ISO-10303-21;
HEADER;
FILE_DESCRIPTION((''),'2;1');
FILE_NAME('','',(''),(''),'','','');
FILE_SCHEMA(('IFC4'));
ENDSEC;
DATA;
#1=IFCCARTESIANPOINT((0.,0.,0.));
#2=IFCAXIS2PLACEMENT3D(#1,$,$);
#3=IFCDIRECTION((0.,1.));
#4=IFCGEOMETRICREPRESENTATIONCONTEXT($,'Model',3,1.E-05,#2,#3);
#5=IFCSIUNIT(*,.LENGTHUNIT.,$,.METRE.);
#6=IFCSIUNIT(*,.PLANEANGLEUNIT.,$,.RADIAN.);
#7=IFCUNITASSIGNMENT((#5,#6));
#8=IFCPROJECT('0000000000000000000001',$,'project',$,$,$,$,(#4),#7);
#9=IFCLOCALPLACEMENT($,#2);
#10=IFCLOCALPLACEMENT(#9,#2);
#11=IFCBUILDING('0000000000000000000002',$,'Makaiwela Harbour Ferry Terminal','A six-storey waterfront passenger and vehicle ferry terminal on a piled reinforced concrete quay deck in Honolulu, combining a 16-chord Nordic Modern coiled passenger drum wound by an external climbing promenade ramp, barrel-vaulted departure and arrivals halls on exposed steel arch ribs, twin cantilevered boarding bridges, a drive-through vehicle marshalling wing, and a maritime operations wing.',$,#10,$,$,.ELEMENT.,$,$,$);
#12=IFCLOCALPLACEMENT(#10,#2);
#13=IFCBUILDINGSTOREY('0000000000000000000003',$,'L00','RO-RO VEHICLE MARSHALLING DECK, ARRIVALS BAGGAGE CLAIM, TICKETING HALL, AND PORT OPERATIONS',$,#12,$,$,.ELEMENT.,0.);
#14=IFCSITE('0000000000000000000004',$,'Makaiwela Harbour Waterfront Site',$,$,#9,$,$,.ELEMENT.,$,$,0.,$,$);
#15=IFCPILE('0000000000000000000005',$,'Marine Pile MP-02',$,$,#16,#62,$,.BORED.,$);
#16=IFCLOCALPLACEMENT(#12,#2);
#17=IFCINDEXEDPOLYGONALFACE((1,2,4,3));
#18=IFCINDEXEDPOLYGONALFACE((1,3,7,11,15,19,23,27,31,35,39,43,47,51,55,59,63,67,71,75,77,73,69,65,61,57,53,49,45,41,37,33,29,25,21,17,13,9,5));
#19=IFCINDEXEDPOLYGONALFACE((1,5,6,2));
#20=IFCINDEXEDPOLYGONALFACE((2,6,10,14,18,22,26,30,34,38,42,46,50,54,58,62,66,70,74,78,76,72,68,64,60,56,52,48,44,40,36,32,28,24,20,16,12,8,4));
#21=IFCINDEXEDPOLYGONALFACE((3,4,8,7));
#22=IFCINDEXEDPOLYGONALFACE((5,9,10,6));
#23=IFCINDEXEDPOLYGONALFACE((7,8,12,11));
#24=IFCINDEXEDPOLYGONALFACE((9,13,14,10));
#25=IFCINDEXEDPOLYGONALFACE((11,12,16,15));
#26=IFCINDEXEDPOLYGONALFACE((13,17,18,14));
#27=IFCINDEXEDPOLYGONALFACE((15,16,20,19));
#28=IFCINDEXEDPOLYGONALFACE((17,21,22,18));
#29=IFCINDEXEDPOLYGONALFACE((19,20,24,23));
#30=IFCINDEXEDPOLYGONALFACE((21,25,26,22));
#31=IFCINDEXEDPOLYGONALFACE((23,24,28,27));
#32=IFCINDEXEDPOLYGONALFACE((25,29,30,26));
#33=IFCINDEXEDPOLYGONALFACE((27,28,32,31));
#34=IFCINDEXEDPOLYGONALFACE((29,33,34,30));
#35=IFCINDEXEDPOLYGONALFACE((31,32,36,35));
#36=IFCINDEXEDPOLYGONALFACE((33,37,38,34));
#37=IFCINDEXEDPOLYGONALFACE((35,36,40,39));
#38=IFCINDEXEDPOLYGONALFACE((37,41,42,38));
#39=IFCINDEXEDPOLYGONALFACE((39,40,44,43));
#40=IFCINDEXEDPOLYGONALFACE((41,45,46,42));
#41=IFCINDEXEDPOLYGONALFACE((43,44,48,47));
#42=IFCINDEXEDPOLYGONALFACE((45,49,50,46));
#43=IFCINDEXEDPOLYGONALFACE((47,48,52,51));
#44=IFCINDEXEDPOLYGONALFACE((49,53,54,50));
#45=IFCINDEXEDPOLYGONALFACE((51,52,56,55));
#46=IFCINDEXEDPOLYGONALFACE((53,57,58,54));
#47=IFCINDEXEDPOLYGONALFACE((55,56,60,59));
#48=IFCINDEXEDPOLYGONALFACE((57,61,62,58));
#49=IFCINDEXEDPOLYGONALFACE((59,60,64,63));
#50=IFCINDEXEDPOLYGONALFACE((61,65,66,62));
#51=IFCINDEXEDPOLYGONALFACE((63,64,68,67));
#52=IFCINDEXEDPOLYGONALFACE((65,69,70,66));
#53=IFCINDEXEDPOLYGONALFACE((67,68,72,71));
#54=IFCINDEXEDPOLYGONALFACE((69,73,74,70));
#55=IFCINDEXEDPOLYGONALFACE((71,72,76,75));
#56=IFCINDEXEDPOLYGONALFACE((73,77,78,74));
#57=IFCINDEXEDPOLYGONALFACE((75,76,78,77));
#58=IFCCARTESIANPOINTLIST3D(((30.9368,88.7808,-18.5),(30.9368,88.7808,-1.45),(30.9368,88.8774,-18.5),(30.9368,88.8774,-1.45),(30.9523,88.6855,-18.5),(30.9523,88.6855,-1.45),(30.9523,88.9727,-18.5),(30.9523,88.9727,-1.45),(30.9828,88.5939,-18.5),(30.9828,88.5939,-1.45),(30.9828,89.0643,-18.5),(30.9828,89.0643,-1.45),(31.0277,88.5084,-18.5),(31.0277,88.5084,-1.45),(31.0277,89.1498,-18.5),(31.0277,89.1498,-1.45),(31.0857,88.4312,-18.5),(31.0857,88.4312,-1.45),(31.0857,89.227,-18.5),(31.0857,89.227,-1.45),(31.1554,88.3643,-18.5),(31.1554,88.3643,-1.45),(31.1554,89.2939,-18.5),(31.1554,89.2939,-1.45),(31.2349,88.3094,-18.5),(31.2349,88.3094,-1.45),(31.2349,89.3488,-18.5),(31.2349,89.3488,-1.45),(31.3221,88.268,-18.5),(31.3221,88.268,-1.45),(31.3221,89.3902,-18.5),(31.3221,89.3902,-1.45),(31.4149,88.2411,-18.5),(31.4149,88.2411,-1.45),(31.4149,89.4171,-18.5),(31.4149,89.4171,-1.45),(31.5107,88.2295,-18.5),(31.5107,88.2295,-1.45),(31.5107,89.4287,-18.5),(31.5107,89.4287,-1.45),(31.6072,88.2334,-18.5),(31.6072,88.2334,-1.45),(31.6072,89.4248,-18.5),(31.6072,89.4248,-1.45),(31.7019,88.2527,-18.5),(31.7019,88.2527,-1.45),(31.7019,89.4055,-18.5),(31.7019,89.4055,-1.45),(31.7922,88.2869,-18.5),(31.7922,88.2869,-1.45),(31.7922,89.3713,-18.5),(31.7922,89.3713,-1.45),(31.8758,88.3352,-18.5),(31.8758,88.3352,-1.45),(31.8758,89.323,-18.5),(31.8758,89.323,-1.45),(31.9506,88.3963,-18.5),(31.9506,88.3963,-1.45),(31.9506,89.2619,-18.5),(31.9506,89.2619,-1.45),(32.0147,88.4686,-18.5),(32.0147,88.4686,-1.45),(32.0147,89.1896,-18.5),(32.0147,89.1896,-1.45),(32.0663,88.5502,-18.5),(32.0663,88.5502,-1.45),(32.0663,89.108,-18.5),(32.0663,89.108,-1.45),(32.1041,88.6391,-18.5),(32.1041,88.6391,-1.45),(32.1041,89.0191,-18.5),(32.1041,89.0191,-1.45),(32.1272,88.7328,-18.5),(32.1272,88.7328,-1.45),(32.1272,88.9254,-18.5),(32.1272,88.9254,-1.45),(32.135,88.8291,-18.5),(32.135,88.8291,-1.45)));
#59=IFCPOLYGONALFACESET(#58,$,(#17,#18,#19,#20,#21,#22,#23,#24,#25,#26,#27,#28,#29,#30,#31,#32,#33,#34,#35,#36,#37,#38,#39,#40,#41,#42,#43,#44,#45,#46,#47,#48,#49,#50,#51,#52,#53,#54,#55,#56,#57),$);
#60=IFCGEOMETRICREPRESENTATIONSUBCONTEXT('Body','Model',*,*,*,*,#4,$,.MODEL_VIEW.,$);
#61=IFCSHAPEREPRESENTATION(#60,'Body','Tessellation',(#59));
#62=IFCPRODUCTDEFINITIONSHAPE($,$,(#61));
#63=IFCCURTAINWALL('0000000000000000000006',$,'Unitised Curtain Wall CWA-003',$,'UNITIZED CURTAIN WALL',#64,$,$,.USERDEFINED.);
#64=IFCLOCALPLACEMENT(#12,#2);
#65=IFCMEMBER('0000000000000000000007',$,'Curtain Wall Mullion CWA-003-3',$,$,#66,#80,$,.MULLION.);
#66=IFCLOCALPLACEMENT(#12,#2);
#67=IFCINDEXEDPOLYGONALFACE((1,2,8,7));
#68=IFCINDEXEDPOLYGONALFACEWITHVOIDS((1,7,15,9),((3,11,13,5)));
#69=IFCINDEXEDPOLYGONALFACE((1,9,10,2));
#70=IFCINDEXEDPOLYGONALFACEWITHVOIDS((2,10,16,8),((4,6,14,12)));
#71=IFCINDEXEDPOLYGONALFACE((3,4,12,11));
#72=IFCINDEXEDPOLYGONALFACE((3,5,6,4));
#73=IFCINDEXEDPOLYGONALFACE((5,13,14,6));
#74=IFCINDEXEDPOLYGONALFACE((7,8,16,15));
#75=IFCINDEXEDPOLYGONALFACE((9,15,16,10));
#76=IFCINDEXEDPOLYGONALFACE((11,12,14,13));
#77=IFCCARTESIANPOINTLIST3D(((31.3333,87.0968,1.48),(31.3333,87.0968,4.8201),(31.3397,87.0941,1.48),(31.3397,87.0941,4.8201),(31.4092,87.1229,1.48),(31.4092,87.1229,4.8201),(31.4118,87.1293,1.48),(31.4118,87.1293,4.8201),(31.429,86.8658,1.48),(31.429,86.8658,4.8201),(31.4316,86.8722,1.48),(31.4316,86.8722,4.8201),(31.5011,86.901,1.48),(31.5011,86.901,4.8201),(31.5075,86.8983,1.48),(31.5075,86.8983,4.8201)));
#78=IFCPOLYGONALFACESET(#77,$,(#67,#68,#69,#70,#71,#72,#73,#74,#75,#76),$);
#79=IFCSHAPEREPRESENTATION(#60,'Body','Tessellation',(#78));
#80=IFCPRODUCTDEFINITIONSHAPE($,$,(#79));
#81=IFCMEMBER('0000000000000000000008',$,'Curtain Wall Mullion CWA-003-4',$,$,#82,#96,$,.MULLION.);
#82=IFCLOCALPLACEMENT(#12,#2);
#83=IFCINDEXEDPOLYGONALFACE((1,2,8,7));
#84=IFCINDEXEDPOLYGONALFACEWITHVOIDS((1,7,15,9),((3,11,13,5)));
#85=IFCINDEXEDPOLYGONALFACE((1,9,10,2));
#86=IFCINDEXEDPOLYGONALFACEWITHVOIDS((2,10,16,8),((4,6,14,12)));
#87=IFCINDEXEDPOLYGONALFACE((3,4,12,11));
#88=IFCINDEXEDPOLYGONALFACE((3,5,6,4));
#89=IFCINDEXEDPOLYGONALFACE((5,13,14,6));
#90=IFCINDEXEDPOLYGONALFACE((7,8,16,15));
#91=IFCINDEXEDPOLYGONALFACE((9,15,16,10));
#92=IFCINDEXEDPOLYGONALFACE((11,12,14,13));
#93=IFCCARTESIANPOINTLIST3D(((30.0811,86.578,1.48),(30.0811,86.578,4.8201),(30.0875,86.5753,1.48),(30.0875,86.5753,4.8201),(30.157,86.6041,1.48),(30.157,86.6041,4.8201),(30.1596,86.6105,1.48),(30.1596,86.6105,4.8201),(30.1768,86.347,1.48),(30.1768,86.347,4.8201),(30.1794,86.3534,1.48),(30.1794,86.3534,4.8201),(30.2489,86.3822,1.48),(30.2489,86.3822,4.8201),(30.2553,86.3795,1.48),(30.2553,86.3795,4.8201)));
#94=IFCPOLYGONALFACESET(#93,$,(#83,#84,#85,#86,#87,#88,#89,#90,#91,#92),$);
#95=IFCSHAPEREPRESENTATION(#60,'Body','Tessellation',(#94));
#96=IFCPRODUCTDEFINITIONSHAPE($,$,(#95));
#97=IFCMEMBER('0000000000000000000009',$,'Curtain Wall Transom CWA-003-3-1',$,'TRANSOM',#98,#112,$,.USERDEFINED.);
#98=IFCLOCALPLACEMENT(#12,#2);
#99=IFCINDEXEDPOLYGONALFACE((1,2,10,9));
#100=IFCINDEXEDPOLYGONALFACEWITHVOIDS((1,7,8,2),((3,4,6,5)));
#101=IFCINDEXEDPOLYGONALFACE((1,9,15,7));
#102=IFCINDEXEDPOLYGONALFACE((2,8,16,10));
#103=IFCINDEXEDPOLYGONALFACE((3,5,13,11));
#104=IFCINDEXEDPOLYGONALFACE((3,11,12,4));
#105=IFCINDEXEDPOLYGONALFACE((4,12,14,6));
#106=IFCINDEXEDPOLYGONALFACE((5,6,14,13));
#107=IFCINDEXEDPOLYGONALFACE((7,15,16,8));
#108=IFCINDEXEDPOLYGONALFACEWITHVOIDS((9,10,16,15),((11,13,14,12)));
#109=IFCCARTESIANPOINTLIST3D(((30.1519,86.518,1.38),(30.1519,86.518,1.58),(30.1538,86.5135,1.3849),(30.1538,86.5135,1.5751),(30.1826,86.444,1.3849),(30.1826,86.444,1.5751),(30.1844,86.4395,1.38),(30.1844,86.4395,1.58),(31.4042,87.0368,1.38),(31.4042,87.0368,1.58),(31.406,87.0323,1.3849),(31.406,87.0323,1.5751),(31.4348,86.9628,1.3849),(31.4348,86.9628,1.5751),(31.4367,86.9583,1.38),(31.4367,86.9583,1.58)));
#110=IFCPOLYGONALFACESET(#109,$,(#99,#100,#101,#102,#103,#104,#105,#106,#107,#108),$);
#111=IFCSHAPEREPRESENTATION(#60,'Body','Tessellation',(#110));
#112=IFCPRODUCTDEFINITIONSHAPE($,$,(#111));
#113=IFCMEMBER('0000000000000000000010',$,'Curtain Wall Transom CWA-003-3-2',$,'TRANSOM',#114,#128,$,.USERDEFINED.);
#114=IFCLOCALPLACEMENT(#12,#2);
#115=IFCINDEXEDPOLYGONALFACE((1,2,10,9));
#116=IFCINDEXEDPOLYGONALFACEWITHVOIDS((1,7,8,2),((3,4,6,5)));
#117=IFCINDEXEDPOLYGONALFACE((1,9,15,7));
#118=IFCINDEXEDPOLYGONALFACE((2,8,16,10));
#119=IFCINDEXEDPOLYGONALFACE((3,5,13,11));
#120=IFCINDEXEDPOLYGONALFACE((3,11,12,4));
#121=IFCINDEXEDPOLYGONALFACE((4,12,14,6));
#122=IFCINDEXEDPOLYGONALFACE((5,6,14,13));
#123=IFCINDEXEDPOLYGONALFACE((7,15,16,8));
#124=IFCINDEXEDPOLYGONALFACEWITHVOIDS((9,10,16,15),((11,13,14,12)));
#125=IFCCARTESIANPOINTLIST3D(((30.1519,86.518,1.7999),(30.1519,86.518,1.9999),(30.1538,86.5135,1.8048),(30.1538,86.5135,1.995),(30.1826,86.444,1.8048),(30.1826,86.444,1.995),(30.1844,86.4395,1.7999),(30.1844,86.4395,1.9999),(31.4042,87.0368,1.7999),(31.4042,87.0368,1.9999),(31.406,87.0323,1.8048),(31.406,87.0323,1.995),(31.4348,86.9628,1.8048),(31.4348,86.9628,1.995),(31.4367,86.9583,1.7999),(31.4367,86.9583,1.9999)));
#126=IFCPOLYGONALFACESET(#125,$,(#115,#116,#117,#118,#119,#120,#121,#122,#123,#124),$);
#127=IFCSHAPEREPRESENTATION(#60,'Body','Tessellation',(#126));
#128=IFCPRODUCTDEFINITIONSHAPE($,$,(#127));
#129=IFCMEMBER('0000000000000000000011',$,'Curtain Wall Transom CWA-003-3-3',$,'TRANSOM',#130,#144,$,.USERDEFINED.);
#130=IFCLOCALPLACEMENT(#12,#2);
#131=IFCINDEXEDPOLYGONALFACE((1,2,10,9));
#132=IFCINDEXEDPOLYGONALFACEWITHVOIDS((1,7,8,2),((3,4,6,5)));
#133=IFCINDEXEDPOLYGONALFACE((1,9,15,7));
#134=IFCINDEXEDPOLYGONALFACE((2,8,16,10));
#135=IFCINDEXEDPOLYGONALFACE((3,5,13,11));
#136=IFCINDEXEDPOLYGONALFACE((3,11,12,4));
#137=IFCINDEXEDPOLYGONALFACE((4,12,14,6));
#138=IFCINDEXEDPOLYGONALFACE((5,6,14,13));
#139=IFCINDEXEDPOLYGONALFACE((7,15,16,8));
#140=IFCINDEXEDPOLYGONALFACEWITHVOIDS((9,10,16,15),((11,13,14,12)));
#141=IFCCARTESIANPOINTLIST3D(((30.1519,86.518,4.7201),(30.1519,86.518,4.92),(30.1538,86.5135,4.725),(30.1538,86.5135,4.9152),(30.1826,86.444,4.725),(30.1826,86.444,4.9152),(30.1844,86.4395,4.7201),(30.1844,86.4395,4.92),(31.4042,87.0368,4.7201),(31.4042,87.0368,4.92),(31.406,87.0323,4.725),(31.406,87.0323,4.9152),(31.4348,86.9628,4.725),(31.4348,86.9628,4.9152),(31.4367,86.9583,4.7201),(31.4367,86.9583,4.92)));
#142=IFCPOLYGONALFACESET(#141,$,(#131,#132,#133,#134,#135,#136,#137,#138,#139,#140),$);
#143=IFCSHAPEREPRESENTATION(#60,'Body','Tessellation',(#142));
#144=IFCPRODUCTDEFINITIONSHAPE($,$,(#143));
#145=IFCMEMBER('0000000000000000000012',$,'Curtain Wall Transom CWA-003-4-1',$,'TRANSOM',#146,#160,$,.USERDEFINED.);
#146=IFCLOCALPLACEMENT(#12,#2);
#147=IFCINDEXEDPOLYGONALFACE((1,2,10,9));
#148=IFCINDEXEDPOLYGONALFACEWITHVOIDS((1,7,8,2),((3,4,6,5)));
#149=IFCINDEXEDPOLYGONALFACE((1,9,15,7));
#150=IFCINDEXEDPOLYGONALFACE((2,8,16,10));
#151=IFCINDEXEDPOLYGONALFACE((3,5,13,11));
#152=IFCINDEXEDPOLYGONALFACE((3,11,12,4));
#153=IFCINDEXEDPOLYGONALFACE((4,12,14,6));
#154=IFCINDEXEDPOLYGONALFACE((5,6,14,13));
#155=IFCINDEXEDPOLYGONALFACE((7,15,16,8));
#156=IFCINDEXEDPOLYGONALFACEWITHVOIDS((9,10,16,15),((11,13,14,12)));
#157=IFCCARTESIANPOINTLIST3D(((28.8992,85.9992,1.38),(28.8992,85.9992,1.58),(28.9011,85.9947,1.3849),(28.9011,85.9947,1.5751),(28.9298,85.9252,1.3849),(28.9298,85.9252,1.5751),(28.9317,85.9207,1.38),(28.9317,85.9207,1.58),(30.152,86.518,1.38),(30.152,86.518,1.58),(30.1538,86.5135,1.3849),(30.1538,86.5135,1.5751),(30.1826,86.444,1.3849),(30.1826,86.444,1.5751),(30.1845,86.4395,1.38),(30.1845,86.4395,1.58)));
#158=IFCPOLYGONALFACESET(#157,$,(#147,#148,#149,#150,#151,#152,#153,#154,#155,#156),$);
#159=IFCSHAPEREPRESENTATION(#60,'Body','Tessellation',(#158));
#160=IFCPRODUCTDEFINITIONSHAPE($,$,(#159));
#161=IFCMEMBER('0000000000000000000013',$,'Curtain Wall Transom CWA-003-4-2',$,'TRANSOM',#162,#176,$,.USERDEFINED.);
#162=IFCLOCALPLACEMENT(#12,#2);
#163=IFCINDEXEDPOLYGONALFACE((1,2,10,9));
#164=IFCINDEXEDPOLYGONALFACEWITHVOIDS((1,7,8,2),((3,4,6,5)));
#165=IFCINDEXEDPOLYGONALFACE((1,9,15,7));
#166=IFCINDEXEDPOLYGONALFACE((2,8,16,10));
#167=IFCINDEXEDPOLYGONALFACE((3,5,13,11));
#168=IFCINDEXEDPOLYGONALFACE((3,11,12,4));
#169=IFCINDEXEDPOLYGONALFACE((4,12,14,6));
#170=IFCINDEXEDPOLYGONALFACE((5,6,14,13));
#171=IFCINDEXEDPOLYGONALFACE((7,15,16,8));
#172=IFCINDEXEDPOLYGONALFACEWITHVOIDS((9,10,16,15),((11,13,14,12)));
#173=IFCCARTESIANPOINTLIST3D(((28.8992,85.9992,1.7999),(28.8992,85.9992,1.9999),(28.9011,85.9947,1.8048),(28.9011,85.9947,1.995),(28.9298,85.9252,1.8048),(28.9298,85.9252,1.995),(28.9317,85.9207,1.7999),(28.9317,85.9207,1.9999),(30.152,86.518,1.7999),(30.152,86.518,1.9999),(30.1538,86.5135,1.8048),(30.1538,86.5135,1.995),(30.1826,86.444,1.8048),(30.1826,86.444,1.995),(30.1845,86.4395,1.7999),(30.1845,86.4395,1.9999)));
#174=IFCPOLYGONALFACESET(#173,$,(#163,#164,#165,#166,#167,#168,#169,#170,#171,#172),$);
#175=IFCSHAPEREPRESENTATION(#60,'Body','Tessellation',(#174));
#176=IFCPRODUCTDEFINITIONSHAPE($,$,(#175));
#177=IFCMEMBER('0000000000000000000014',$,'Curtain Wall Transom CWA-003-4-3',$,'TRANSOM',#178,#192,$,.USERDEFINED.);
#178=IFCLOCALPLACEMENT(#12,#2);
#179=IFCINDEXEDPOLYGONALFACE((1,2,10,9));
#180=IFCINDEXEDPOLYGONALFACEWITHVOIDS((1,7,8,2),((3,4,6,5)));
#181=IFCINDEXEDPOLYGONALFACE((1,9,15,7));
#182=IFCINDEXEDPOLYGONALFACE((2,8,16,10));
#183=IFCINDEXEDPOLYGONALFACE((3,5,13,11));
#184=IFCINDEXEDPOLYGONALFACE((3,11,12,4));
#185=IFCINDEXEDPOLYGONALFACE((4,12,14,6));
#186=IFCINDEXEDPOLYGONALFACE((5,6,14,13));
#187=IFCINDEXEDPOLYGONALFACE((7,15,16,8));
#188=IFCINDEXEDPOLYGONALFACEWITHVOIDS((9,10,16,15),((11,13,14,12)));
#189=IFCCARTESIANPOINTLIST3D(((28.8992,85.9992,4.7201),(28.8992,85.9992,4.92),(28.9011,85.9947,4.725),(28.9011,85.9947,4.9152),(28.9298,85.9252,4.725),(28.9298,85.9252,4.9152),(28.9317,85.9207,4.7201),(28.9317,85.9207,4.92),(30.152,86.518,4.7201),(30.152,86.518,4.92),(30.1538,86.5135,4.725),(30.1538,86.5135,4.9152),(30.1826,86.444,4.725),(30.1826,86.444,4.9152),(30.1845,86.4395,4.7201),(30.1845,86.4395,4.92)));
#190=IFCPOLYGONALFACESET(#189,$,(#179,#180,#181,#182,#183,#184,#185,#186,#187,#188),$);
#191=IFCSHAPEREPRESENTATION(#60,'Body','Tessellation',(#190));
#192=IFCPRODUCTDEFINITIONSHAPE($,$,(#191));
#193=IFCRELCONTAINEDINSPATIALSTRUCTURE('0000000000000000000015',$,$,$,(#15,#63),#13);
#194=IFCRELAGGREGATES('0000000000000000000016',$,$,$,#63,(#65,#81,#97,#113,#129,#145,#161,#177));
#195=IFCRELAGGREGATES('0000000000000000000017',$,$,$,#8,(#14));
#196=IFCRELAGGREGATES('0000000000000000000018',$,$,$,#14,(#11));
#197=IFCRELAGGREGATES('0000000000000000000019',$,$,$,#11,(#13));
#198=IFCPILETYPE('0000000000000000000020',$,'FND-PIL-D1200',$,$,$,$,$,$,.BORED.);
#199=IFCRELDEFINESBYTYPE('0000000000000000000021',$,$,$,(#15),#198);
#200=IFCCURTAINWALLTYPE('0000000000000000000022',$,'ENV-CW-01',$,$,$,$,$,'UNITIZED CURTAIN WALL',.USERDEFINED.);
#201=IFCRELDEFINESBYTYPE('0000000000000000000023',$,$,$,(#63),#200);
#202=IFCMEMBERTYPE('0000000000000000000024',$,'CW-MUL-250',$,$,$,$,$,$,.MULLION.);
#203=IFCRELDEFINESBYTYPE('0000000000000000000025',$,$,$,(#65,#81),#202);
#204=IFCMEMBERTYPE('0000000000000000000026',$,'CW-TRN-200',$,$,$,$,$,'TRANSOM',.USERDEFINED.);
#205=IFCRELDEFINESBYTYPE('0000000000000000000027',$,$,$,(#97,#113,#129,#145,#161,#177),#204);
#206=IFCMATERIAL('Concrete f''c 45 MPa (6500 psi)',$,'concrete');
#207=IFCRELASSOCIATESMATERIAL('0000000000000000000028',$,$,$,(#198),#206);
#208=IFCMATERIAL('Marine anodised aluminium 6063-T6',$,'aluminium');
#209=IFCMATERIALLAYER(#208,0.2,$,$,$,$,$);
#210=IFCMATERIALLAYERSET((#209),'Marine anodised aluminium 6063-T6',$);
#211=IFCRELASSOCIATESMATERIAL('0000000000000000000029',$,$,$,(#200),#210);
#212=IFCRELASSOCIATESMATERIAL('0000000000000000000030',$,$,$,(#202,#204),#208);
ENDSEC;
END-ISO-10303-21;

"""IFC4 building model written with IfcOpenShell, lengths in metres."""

from ifc_helpers import new_model, si_unit, direction, frame, origin, origin_2d, place, context, subcontext, project, spatial, hollow_rectangle, circle, extrude, material, layer, layer_set, material_profile, profile_set, type_object, element, aggregate, save


model = new_model("IFC4")

# Units and contexts
model_context = context("Model", 3, precision=1e-05, world=origin(), true_north=direction((0.0, 1.0)))
body_context = subcontext(model_context, "Body", "Model", "MODEL_VIEW")
ifc_project = project(units=[si_unit("LENGTHUNIT", "METRE"), si_unit("PLANEANGLEUNIT", "RADIAN")], contexts=[model_context])

# Site, building, storey
site_placement = place(None, origin())
site = spatial("IfcSite", under=ifc_project, at=site_placement, Name="Makaiwela Harbour Waterfront Site", CompositionType="ELEMENT", RefElevation=0.0)
building_placement = place(site_placement, origin())
building = spatial("IfcBuilding", under=site, at=building_placement, Name="Makaiwela Harbour Ferry Terminal", Description="A six-storey waterfront passenger and vehicle ferry terminal on a piled reinforced concrete quay deck in Honolulu, combining a 16-chord Nordic Modern coiled passenger drum wound by an external climbing promenade ramp, barrel-vaulted departure and arrivals halls on exposed steel arch ribs, twin cantilevered boarding bridges, a drive-through vehicle marshalling wing, and a maritime operations wing.", CompositionType="ELEMENT")
storey_placement = place(building_placement, origin())
storey = spatial("IfcBuildingStorey", under=building, at=storey_placement, Name="L00", Description="RO-RO VEHICLE MARSHALLING DECK, ARRIVALS BAGGAGE CLAIM, TICKETING HALL, AND PORT OPERATIONS", CompositionType="ELEMENT", Elevation=0.0)

# Pile
ifc_material_1 = material(Name="Concrete f'c 45 MPa (6500 psi)", Category="concrete")
ifc_material_profile_1 = material_profile(ifc_material_1, circle(Radius=0.6001, at=origin_2d()), Name="PILE-D1200")
ifc_profile_set_1 = profile_set([ifc_material_profile_1], Name="Concrete f'c 45 MPa (6500 psi)")
pile_type = type_object("IfcPileType", Name="FND-PIL-D1200", PredefinedType="BORED", material=ifc_profile_set_1)
pile_placement = place(storey_placement, frame((31.5349, 88.8291, -1.45), z_axis=(0.0, 0.0, -1.0), x_axis=(1.0, 0.0, 0.0)))
element("IfcPile", 1, at=pile_placement, inside=storey, type_object=pile_type, Name="Marine Pile MP-02", PredefinedType="BORED", context=body_context, shape_type="SweptSolid", body=[
    extrude(circle(Radius=0.6001, at=origin_2d()), origin(), (0.0, 0.0, 1.0), 17.05),
])

# Curtain wall, members
ifc_material_2 = material(Name="Marine anodised aluminium 6063-T6", Category="aluminium")
ifc_layer_1 = layer(ifc_material_2, 0.2)
ifc_layer_set_1 = layer_set([ifc_layer_1], Name="Marine anodised aluminium 6063-T6")
curtain_wall_type = type_object("IfcCurtainWallType", Name="ENV-CW-01", ElementType="UNITIZED CURTAIN WALL", PredefinedType="USERDEFINED", material=ifc_layer_set_1)
curtain_wall_placement = place(storey_placement, origin())
curtain_wall = element("IfcCurtainWall", 2, at=curtain_wall_placement, inside=storey, type_object=curtain_wall_type, Name="Unitised Curtain Wall CWA-003", ObjectType="UNITIZED CURTAIN WALL", PredefinedType="USERDEFINED")
ifc_material_profile_2 = material_profile(ifc_material_2, hollow_rectangle(XDim=0.085, YDim=0.25, WallThickness=0.0049, at=origin_2d()), Name="CWM-250X85")
ifc_profile_set_2 = profile_set([ifc_material_profile_2], Name="Marine anodised aluminium 6063-T6")
member_type_1 = type_object("IfcMemberType", Name="CW-MUL-250", PredefinedType="MULLION", material=ifc_profile_set_2)
member_1_placement = place(storey_placement, frame((31.4204, 86.9976, 1.48), z_axis=(0.0, 0.0, 1.0), x_axis=(0.92388, 0.382683, 0.0)))
member_1 = element("IfcMember", 3, at=member_1_placement, type_object=member_type_1, Name="Curtain Wall Mullion CWA-003-3", PredefinedType="MULLION", context=body_context, shape_type="SweptSolid", body=[
    extrude(hollow_rectangle(XDim=0.085, YDim=0.25, WallThickness=0.0049, at=origin_2d()), origin(), (0.0, 0.0, 1.0), 3.3401),
])
member_2_placement = place(storey_placement, frame((30.1682, 86.4788, 1.48), z_axis=(0.0, 0.0, 1.0), x_axis=(0.92388, 0.382683, 0.0)))
member_2 = element("IfcMember", 4, at=member_2_placement, type_object=member_type_1, Name="Curtain Wall Mullion CWA-003-4", PredefinedType="MULLION", context=body_context, shape_type="SweptSolid", body=[
    extrude(hollow_rectangle(XDim=0.085, YDim=0.25, WallThickness=0.0049, at=origin_2d()), origin(), (0.0, 0.0, 1.0), 3.3401),
])
ifc_material_profile_3 = material_profile(ifc_material_2, hollow_rectangle(XDim=0.085, YDim=0.2, WallThickness=0.0049, at=origin_2d()), Name="CWT-200X85")
ifc_profile_set_3 = profile_set([ifc_material_profile_3], Name="Marine anodised aluminium 6063-T6")
member_type_2 = type_object("IfcMemberType", Name="CW-TRN-200", ElementType="TRANSOM", PredefinedType="USERDEFINED", material=ifc_profile_set_3)
member_3_placement = place(storey_placement, frame((31.4204, 86.9976, 1.48), z_axis=(-0.923848, -0.38276, 0.0), x_axis=(0.38276, -0.923848, 0.0)))
member_3 = element("IfcMember", 5, at=member_3_placement, type_object=member_type_2, Name="Curtain Wall Transom CWA-003-3-1", ObjectType="TRANSOM", PredefinedType="USERDEFINED", context=body_context, shape_type="SweptSolid", body=[
    extrude(hollow_rectangle(XDim=0.085, YDim=0.2, WallThickness=0.0049, at=origin_2d()), origin(), (0.0, 0.0, 1.0), 1.3555),
])
member_4_placement = place(storey_placement, frame((31.4204, 86.9976, 1.8999), z_axis=(-0.923848, -0.38276, 0.0), x_axis=(0.38276, -0.923848, 0.0)))
member_4 = element("IfcMember", 6, at=member_4_placement, type_object=member_type_2, Name="Curtain Wall Transom CWA-003-3-2", ObjectType="TRANSOM", PredefinedType="USERDEFINED", context=body_context, shape_type="SweptSolid", body=[
    extrude(hollow_rectangle(XDim=0.085, YDim=0.2, WallThickness=0.0049, at=origin_2d()), origin(), (0.0, 0.0, 1.0), 1.3555),
])
member_5_placement = place(storey_placement, frame((31.4204, 86.9976, 4.8201), z_axis=(-0.923848, -0.38276, 0.0), x_axis=(0.38276, -0.923848, 0.0)))
member_5 = element("IfcMember", 7, at=member_5_placement, type_object=member_type_2, Name="Curtain Wall Transom CWA-003-3-3", ObjectType="TRANSOM", PredefinedType="USERDEFINED", context=body_context, shape_type="SweptSolid", body=[
    extrude(hollow_rectangle(XDim=0.085, YDim=0.2, WallThickness=0.0049, at=origin_2d()), origin(), (0.0, 0.0, 1.0), 1.3555),
])
member_6_placement = place(storey_placement, frame((30.1682, 86.4788, 1.48), z_axis=(-0.923901, -0.382633, 0.0), x_axis=(0.382633, -0.923901, 0.0)))
member_6 = element("IfcMember", 8, at=member_6_placement, type_object=member_type_2, Name="Curtain Wall Transom CWA-003-4-1", ObjectType="TRANSOM", PredefinedType="USERDEFINED", context=body_context, shape_type="SweptSolid", body=[
    extrude(hollow_rectangle(XDim=0.085, YDim=0.2, WallThickness=0.0049, at=origin_2d()), origin(), (0.0, 0.0, 1.0), 1.356),
])
member_7_placement = place(storey_placement, frame((30.1682, 86.4788, 1.8999), z_axis=(-0.923901, -0.382633, 0.0), x_axis=(0.382633, -0.923901, 0.0)))
member_7 = element("IfcMember", 9, at=member_7_placement, type_object=member_type_2, Name="Curtain Wall Transom CWA-003-4-2", ObjectType="TRANSOM", PredefinedType="USERDEFINED", context=body_context, shape_type="SweptSolid", body=[
    extrude(hollow_rectangle(XDim=0.085, YDim=0.2, WallThickness=0.0049, at=origin_2d()), origin(), (0.0, 0.0, 1.0), 1.356),
])
member_8_placement = place(storey_placement, frame((30.1682, 86.4788, 4.8201), z_axis=(-0.923901, -0.382633, 0.0), x_axis=(0.382633, -0.923901, 0.0)))
member_8 = element("IfcMember", 10, at=member_8_placement, type_object=member_type_2, Name="Curtain Wall Transom CWA-003-4-3", ObjectType="TRANSOM", PredefinedType="USERDEFINED", context=body_context, shape_type="SweptSolid", body=[
    extrude(hollow_rectangle(XDim=0.085, YDim=0.2, WallThickness=0.0049, at=origin_2d()), origin(), (0.0, 0.0, 1.0), 1.356),
])
aggregate(curtain_wall, [member_1, member_2, member_3, member_4, member_5, member_6, member_7, member_8])

save(model, "model.ifc")
